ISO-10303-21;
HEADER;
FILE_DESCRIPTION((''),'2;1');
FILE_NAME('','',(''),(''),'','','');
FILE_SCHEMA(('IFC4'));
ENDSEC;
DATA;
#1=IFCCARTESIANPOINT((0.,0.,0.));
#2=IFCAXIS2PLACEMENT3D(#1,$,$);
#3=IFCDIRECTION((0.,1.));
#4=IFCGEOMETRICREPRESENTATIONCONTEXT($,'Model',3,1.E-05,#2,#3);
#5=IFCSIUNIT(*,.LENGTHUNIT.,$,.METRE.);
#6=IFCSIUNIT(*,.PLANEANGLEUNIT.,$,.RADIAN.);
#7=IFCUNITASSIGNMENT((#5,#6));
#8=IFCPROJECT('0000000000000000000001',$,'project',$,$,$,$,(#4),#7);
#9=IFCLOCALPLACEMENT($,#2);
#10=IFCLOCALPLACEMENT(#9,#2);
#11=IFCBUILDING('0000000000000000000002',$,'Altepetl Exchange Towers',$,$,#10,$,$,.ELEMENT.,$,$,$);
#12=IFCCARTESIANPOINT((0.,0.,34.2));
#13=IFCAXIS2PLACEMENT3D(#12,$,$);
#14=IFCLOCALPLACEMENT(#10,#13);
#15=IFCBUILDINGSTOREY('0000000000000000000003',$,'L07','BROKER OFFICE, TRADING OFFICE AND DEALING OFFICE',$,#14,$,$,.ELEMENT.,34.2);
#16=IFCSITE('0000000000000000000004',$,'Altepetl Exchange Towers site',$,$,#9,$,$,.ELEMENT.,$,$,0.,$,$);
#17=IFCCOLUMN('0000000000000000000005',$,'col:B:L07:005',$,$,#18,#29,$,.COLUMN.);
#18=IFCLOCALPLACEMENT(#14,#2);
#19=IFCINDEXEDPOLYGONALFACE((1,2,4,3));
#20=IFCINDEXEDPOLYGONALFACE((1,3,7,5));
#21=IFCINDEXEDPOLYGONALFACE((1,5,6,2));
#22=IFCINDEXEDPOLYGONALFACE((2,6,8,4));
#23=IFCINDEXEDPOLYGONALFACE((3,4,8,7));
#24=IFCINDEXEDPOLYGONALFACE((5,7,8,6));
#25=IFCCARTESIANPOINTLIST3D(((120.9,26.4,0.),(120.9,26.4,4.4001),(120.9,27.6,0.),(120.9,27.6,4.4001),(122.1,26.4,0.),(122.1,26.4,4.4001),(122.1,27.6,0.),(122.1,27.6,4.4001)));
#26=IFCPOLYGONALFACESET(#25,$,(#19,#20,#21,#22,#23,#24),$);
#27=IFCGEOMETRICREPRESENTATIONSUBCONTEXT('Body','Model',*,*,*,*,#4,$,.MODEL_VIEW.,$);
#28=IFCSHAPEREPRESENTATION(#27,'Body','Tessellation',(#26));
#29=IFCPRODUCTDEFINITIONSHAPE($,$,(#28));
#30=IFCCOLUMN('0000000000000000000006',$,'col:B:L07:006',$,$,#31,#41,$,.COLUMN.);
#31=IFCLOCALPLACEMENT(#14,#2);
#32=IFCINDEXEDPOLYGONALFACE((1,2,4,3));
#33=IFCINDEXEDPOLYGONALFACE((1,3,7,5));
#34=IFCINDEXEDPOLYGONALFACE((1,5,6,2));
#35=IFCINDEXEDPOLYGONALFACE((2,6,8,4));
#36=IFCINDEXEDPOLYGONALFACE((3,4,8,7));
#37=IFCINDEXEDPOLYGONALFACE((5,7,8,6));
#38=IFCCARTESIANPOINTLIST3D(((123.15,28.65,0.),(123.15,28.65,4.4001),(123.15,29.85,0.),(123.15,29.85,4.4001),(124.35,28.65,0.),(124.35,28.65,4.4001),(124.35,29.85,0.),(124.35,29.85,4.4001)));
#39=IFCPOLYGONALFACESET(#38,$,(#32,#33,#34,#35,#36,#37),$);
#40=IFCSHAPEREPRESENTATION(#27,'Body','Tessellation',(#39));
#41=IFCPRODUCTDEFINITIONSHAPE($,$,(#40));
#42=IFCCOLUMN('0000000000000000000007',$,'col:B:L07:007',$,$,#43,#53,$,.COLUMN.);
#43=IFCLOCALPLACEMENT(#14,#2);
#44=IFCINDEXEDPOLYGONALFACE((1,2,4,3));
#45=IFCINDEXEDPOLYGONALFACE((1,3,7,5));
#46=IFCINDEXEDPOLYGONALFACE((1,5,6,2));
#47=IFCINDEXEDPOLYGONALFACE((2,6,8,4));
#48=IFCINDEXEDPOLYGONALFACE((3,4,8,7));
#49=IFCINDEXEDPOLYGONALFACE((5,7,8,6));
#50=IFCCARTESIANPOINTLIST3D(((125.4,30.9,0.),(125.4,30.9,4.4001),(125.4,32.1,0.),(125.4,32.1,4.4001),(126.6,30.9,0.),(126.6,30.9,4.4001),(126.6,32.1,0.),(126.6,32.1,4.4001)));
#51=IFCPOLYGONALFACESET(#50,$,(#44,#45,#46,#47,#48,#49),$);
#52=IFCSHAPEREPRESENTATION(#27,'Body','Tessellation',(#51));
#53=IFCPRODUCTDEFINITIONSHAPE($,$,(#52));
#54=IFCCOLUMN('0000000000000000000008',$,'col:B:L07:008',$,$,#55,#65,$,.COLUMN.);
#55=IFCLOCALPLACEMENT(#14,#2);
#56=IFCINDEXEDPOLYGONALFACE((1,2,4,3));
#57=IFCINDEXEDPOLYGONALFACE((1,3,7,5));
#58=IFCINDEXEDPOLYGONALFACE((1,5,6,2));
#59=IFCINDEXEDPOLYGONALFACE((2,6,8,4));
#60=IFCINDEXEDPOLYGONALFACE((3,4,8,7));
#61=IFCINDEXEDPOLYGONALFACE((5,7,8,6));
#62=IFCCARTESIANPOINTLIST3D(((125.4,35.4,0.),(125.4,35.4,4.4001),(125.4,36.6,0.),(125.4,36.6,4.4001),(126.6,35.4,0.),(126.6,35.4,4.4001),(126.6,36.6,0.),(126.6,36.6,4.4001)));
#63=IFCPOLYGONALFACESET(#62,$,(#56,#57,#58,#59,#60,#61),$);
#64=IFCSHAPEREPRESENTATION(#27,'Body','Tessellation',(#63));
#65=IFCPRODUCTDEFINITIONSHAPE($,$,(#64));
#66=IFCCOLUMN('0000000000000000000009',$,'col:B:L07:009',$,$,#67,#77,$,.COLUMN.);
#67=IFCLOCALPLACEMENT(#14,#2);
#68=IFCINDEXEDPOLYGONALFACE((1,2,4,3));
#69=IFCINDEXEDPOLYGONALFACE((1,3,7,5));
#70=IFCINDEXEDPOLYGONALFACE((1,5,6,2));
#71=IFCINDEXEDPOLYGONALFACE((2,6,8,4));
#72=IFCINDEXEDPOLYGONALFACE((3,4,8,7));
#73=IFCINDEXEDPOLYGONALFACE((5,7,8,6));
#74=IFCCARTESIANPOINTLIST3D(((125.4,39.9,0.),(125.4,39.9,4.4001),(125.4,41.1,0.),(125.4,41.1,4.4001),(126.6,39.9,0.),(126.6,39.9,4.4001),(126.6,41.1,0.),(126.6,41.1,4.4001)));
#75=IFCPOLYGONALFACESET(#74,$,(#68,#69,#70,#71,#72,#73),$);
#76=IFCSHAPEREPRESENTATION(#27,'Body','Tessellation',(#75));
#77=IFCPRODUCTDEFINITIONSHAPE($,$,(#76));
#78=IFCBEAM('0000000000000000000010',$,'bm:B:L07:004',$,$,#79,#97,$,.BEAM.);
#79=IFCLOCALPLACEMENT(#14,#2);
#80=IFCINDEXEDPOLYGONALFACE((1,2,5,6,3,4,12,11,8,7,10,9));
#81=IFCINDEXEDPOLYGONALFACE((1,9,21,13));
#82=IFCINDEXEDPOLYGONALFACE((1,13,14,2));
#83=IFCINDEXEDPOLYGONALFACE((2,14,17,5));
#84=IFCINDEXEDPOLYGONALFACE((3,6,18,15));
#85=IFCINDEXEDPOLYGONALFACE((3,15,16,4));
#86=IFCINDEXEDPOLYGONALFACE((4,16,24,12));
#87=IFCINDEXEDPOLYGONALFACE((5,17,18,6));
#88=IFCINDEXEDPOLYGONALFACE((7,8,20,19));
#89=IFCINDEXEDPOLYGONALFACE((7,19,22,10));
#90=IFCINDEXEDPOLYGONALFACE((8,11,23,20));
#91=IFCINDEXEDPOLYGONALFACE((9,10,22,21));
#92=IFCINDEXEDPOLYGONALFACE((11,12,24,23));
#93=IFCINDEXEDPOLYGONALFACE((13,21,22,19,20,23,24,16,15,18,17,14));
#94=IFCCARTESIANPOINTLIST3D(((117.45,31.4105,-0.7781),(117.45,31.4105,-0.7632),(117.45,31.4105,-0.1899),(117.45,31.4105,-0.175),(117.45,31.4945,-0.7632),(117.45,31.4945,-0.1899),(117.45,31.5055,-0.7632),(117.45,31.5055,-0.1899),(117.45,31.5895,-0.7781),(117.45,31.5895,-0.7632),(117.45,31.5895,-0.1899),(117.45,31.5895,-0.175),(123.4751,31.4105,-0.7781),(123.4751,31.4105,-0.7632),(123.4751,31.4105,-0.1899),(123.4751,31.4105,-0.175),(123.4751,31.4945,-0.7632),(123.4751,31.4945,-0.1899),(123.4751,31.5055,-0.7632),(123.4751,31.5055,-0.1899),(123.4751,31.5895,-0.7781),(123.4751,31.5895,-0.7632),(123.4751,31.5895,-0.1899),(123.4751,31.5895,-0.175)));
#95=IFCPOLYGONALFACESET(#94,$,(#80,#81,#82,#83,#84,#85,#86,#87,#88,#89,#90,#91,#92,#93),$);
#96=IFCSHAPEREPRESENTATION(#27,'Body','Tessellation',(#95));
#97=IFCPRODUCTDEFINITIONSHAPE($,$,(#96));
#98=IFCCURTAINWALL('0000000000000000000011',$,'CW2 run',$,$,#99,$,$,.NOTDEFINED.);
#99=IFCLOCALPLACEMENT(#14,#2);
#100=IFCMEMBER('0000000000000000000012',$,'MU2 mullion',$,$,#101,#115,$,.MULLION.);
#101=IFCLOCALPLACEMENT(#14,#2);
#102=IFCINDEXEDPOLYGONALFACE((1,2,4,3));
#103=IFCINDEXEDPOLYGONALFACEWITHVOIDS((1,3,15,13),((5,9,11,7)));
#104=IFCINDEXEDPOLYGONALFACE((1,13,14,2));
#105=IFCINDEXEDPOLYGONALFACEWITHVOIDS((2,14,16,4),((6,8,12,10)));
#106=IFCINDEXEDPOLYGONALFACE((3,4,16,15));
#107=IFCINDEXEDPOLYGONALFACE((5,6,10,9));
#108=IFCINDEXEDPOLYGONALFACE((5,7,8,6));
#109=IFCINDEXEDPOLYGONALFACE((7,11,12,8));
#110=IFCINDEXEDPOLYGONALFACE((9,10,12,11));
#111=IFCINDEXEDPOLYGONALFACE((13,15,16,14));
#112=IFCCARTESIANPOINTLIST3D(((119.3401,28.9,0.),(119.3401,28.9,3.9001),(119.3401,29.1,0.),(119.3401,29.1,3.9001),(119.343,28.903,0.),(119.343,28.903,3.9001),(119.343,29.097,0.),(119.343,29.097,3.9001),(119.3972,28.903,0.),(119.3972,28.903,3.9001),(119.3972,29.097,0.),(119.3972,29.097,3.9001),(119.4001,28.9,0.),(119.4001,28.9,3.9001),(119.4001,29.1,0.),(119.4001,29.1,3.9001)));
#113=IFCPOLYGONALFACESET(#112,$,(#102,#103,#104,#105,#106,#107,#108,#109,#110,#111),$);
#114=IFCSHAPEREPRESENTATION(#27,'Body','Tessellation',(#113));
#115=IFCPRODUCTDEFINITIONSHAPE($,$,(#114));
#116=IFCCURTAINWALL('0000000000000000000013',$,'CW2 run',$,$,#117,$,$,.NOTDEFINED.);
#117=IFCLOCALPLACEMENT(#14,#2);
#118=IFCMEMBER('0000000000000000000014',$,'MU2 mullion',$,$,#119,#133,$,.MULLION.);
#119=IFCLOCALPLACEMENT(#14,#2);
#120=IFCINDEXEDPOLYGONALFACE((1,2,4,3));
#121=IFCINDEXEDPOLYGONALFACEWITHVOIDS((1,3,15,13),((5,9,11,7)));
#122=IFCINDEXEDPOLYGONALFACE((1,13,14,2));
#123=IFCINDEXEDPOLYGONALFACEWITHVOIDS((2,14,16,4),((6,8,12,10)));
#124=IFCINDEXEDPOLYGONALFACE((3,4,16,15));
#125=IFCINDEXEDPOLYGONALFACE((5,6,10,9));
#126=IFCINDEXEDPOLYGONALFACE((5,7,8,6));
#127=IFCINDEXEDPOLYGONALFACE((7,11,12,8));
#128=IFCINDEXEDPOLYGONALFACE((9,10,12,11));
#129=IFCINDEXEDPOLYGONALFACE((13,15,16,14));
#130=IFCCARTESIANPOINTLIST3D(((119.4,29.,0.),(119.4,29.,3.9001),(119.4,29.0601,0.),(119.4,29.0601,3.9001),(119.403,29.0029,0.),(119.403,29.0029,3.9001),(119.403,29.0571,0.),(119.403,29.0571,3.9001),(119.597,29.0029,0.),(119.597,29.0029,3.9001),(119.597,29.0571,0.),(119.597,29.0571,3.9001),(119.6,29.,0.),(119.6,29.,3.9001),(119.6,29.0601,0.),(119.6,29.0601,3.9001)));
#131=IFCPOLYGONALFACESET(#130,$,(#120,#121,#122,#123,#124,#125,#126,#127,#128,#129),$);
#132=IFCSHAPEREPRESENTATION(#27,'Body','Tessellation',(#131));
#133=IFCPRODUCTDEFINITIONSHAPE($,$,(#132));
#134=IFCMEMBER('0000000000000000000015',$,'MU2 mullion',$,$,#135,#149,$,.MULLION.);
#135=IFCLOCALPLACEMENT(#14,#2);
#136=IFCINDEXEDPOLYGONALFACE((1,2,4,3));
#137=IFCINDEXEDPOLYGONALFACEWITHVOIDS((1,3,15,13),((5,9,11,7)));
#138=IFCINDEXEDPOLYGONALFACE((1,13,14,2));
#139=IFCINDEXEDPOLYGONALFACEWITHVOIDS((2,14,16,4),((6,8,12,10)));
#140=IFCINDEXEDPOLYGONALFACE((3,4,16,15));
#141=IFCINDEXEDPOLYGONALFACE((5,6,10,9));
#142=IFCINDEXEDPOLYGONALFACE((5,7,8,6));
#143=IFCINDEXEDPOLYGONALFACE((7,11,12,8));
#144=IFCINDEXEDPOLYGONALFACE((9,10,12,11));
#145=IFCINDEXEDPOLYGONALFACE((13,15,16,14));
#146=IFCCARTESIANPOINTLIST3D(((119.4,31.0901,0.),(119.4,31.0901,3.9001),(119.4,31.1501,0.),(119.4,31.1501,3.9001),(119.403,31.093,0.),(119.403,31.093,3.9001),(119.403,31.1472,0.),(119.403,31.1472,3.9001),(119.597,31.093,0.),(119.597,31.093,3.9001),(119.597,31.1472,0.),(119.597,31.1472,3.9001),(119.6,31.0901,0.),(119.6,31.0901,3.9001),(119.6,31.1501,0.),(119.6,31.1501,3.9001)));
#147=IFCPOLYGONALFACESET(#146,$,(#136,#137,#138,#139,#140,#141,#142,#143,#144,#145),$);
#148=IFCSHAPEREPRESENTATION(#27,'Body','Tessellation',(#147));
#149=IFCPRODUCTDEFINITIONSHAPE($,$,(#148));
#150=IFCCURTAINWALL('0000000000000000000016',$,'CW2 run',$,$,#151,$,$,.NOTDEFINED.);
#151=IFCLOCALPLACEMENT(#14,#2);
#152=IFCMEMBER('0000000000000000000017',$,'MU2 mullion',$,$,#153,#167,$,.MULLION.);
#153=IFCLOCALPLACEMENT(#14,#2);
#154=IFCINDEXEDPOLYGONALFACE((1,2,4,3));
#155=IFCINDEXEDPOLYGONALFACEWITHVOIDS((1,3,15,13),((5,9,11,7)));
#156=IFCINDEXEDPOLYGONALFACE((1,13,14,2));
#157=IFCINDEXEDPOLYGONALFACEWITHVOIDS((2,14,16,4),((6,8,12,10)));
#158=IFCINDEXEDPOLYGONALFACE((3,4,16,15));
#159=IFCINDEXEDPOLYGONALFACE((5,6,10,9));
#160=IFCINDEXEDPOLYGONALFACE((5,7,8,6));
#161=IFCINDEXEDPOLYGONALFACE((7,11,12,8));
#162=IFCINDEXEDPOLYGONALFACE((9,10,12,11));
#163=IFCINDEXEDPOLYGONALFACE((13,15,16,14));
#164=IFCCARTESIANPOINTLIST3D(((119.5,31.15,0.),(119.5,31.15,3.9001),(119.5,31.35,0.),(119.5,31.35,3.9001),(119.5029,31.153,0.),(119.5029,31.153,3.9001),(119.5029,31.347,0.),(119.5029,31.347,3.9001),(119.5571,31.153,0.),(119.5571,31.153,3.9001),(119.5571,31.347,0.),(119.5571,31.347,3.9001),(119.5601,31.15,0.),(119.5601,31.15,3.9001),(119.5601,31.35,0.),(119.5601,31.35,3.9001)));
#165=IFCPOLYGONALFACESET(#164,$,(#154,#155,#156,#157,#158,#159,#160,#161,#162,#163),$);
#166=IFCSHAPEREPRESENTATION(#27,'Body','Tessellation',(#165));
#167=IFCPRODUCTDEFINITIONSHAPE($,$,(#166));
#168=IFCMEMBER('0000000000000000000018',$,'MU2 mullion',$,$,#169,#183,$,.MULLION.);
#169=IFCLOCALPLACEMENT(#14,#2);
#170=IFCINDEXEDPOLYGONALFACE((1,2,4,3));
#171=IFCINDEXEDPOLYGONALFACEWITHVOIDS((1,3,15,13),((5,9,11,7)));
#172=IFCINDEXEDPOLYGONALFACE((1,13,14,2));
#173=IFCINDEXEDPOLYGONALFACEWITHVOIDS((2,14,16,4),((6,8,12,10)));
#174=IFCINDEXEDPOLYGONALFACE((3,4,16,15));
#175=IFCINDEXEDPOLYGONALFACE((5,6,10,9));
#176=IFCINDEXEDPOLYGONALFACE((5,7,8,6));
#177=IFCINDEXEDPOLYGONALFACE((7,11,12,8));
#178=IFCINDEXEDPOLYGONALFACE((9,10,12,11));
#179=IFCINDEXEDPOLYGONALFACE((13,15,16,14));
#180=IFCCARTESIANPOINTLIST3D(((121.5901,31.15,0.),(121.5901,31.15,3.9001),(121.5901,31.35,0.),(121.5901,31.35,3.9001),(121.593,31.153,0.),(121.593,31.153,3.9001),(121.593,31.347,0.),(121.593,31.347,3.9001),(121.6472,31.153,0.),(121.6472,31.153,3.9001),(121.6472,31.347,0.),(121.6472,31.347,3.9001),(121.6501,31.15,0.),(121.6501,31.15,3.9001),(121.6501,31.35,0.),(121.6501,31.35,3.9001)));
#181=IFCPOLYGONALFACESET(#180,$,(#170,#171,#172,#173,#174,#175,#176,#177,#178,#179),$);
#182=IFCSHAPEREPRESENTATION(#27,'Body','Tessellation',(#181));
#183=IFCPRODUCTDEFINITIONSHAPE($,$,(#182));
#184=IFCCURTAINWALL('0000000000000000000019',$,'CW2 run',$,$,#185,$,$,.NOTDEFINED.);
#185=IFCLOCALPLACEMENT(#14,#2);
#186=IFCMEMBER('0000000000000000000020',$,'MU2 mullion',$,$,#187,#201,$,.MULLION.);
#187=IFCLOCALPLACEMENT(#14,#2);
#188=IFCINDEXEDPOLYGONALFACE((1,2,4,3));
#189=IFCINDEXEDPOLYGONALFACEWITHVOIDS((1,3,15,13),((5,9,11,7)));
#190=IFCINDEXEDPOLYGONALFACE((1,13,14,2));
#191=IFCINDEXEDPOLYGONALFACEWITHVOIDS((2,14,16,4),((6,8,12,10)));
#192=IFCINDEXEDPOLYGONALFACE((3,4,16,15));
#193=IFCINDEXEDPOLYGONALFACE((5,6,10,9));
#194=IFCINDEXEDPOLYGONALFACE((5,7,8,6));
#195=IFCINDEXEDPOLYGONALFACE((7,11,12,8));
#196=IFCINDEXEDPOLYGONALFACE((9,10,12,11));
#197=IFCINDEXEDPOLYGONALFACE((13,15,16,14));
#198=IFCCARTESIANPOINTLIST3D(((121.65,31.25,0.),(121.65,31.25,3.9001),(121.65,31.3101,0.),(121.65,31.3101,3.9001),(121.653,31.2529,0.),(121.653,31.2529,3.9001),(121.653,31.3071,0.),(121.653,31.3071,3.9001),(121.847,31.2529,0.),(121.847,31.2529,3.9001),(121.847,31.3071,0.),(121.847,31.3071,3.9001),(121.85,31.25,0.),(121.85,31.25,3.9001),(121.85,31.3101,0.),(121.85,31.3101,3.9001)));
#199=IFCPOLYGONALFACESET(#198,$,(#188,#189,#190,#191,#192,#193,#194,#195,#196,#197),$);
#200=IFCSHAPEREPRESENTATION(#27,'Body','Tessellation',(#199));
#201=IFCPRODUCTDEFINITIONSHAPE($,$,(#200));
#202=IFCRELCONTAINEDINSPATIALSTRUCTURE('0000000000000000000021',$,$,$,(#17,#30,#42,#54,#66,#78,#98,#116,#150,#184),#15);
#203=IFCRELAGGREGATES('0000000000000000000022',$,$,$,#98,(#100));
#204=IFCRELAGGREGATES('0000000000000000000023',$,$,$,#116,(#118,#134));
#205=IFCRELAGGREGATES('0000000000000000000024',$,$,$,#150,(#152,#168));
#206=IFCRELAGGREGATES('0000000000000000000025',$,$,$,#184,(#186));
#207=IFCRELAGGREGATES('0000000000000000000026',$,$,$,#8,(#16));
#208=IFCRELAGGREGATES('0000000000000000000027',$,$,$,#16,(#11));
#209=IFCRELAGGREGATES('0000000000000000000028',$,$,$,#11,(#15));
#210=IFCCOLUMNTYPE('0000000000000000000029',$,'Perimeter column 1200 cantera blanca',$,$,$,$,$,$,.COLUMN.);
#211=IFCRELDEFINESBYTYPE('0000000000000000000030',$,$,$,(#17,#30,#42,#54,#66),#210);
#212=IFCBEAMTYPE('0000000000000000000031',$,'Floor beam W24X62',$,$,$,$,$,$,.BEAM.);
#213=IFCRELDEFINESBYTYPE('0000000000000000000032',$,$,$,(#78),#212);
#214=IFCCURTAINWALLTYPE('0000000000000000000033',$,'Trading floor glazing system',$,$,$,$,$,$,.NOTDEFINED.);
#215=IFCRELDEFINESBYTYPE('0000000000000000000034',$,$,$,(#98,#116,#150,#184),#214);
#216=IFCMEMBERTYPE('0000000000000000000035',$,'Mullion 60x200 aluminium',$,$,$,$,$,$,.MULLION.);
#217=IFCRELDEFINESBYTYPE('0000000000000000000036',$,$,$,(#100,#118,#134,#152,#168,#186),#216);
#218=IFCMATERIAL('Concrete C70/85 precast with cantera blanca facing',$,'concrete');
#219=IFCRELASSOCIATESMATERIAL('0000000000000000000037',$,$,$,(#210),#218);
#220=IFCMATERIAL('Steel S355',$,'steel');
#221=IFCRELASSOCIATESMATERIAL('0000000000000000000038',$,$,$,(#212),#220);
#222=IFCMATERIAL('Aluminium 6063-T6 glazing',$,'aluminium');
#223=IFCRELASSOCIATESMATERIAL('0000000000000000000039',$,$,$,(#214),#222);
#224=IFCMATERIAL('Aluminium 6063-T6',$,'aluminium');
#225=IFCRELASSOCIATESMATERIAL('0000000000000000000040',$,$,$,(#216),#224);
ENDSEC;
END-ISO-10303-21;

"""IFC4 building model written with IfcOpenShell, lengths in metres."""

from ifc_helpers import new_model, si_unit, direction, frame, origin, origin_2d, place, context, subcontext, project, spatial, rectangle, hollow_rectangle, i_section, extrude, material, material_profile, profile_set, type_object, element, aggregate, save


model = new_model("IFC4")

# Units and contexts
model_context = context("Model", 3, precision=1e-05, world=origin(), true_north=direction((0.0, 1.0)))
body_context = subcontext(model_context, "Body", "Model", "MODEL_VIEW")
ifc_project = project(units=[si_unit("LENGTHUNIT", "METRE"), si_unit("PLANEANGLEUNIT", "RADIAN")], contexts=[model_context])

# Site, building, storey
site_placement = place(None, origin())
site = spatial("IfcSite", under=ifc_project, at=site_placement, Name="Altepetl Exchange Towers site", CompositionType="ELEMENT", RefElevation=0.0)
building_placement = place(site_placement, origin())
building = spatial("IfcBuilding", under=site, at=building_placement, Name="Altepetl Exchange Towers", CompositionType="ELEMENT")
storey_placement = place(building_placement, frame((0.0, 0.0, 34.2)))
storey = spatial("IfcBuildingStorey", under=building, at=storey_placement, Name="L07", Description="BROKER OFFICE, TRADING OFFICE AND DEALING OFFICE", CompositionType="ELEMENT", Elevation=34.2)

# Columns
ifc_material_1 = material(Name="Concrete C70/85 precast with cantera blanca facing", Category="concrete")
ifc_material_profile_1 = material_profile(ifc_material_1, rectangle(XDim=1.2, YDim=1.2, at=origin_2d()), Name="1200 x 1200")
ifc_profile_set_1 = profile_set([ifc_material_profile_1], Name="Concrete C70/85 precast with cantera blanca facing")
column_type = type_object("IfcColumnType", Name="Perimeter column 1200 cantera blanca", PredefinedType="COLUMN", material=ifc_profile_set_1)
for number, where, name in (
    (1, (121.5, 27.0, 0.0), "col:B:L07:005"),
    (2, (123.75, 29.25, 0.0), "col:B:L07:006"),
    (3, (126.0, 31.5, 0.0), "col:B:L07:007"),
    (4, (126.0, 36.0, 0.0), "col:B:L07:008"),
    (5, (126.0, 40.5, 0.0), "col:B:L07:009"),
):
    element("IfcColumn", number, at=place(storey_placement, frame(where)), inside=storey, type_object=column_type, Name=name, PredefinedType="COLUMN", context=body_context, shape_type="SweptSolid", body=[
        extrude(rectangle(XDim=1.2, YDim=1.2, at=origin_2d()), origin(), (0.0, 0.0, 1.0), 4.4001),
    ])

# Beam
ifc_material_2 = material(Name="Steel S355", Category="steel")
ifc_material_profile_2 = material_profile(ifc_material_2, i_section(OverallWidth=0.179, OverallDepth=0.603, WebThickness=0.011, FlangeThickness=0.0149, at=origin_2d()), Name="W24X62")
ifc_profile_set_2 = profile_set([ifc_material_profile_2], Name="Steel S355")
beam_type_1 = type_object("IfcBeamType", Name="Floor beam W24X62", PredefinedType="BEAM", material=ifc_profile_set_2)
beam_1_placement = place(storey_placement, frame((117.45, 31.5, -0.4766), z_axis=(1.0, 0.0, 0.0), x_axis=(0.0, 1.0, 0.0)))
element("IfcBeam", 6, at=beam_1_placement, inside=storey, type_object=beam_type_1, Name="bm:B:L07:004", PredefinedType="BEAM", context=body_context, shape_type="SweptSolid", body=[
    extrude(i_section(OverallWidth=0.179, OverallDepth=0.603, WebThickness=0.011, FlangeThickness=0.0149, at=origin_2d()), origin(), (0.0, 0.0, 1.0), 6.0251),
])

# Curtain wall, member
ifc_material_3 = material(Name="Aluminium 6063-T6 glazing", Category="aluminium")
curtain_wall_type = type_object("IfcCurtainWallType", Name="Trading floor glazing system", PredefinedType="NOTDEFINED", material=ifc_material_3)
curtain_wall_1_placement = place(storey_placement, origin())
curtain_wall_1 = element("IfcCurtainWall", 7, at=curtain_wall_1_placement, inside=storey, type_object=curtain_wall_type, Name="CW2 run", PredefinedType="NOTDEFINED")
ifc_material_4 = material(Name="Aluminium 6063-T6", Category="aluminium")
ifc_material_profile_3 = material_profile(ifc_material_4, hollow_rectangle(XDim=0.0601, YDim=0.2, WallThickness=0.0029, at=origin_2d()), Name="Mullion 60x200 aluminium")
ifc_profile_set_3 = profile_set([ifc_material_profile_3], Name="Aluminium 6063-T6")
member_type = type_object("IfcMemberType", Name="Mullion 60x200 aluminium", PredefinedType="MULLION", material=ifc_profile_set_3)
member_1_placement = place(storey_placement, frame((119.3701, 29.0, 0.0)))
member_1 = element("IfcMember", 8, at=member_1_placement, type_object=member_type, Name="MU2 mullion", PredefinedType="MULLION", context=body_context, shape_type="SweptSolid", body=[
    extrude(hollow_rectangle(XDim=0.0601, YDim=0.2, WallThickness=0.0029, at=origin_2d()), origin(), (0.0, 0.0, 1.0), 3.9001),
])

# Curtain walls, members
curtain_wall_2_placement = place(storey_placement, origin())
curtain_wall_2 = element("IfcCurtainWall", 9, at=curtain_wall_2_placement, inside=storey, type_object=curtain_wall_type, Name="CW2 run", PredefinedType="NOTDEFINED")
member_2_placement = place(storey_placement, frame((119.5, 29.03, 0.0), z_axis=(0.0, 0.0, 1.0), x_axis=(0.0, 1.0, 0.0)))
member_2 = element("IfcMember", 10, at=member_2_placement, type_object=member_type, Name="MU2 mullion", PredefinedType="MULLION", context=body_context, shape_type="SweptSolid", body=[
    extrude(hollow_rectangle(XDim=0.0601, YDim=0.2, WallThickness=0.0029, at=origin_2d()), origin(), (0.0, 0.0, 1.0), 3.9001),
])
member_3_placement = place(storey_placement, frame((119.5, 31.1201, 0.0), z_axis=(0.0, 0.0, 1.0), x_axis=(0.0, 1.0, 0.0)))
member_3 = element("IfcMember", 11, at=member_3_placement, type_object=member_type, Name="MU2 mullion", PredefinedType="MULLION", context=body_context, shape_type="SweptSolid", body=[
    extrude(hollow_rectangle(XDim=0.0601, YDim=0.2, WallThickness=0.0029, at=origin_2d()), origin(), (0.0, 0.0, 1.0), 3.9001),
])
curtain_wall_3_placement = place(storey_placement, origin())
curtain_wall_3 = element("IfcCurtainWall", 12, at=curtain_wall_3_placement, inside=storey, type_object=curtain_wall_type, Name="CW2 run", PredefinedType="NOTDEFINED")
member_4_placement = place(storey_placement, frame((119.53, 31.25, 0.0)))
member_4 = element("IfcMember", 13, at=member_4_placement, type_object=member_type, Name="MU2 mullion", PredefinedType="MULLION", context=body_context, shape_type="SweptSolid", body=[
    extrude(hollow_rectangle(XDim=0.0601, YDim=0.2, WallThickness=0.0029, at=origin_2d()), origin(), (0.0, 0.0, 1.0), 3.9001),
])
member_5_placement = place(storey_placement, frame((121.6201, 31.25, 0.0)))
member_5 = element("IfcMember", 14, at=member_5_placement, type_object=member_type, Name="MU2 mullion", PredefinedType="MULLION", context=body_context, shape_type="SweptSolid", body=[
    extrude(hollow_rectangle(XDim=0.0601, YDim=0.2, WallThickness=0.0029, at=origin_2d()), origin(), (0.0, 0.0, 1.0), 3.9001),
])
curtain_wall_4_placement = place(storey_placement, origin())
curtain_wall_4 = element("IfcCurtainWall", 15, at=curtain_wall_4_placement, inside=storey, type_object=curtain_wall_type, Name="CW2 run", PredefinedType="NOTDEFINED")
member_6_placement = place(storey_placement, frame((121.75, 31.28, 0.0), z_axis=(0.0, 0.0, 1.0), x_axis=(0.0, 1.0, 0.0)))
member_6 = element("IfcMember", 16, at=member_6_placement, type_object=member_type, Name="MU2 mullion", PredefinedType="MULLION", context=body_context, shape_type="SweptSolid", body=[
    extrude(hollow_rectangle(XDim=0.0601, YDim=0.2, WallThickness=0.0029, at=origin_2d()), origin(), (0.0, 0.0, 1.0), 3.9001),
])

aggregate(curtain_wall_1, [member_1])
aggregate(curtain_wall_2, [member_2, member_3])
aggregate(curtain_wall_3, [member_4, member_5])
aggregate(curtain_wall_4, [member_6])

save(model, "model.ifc")
